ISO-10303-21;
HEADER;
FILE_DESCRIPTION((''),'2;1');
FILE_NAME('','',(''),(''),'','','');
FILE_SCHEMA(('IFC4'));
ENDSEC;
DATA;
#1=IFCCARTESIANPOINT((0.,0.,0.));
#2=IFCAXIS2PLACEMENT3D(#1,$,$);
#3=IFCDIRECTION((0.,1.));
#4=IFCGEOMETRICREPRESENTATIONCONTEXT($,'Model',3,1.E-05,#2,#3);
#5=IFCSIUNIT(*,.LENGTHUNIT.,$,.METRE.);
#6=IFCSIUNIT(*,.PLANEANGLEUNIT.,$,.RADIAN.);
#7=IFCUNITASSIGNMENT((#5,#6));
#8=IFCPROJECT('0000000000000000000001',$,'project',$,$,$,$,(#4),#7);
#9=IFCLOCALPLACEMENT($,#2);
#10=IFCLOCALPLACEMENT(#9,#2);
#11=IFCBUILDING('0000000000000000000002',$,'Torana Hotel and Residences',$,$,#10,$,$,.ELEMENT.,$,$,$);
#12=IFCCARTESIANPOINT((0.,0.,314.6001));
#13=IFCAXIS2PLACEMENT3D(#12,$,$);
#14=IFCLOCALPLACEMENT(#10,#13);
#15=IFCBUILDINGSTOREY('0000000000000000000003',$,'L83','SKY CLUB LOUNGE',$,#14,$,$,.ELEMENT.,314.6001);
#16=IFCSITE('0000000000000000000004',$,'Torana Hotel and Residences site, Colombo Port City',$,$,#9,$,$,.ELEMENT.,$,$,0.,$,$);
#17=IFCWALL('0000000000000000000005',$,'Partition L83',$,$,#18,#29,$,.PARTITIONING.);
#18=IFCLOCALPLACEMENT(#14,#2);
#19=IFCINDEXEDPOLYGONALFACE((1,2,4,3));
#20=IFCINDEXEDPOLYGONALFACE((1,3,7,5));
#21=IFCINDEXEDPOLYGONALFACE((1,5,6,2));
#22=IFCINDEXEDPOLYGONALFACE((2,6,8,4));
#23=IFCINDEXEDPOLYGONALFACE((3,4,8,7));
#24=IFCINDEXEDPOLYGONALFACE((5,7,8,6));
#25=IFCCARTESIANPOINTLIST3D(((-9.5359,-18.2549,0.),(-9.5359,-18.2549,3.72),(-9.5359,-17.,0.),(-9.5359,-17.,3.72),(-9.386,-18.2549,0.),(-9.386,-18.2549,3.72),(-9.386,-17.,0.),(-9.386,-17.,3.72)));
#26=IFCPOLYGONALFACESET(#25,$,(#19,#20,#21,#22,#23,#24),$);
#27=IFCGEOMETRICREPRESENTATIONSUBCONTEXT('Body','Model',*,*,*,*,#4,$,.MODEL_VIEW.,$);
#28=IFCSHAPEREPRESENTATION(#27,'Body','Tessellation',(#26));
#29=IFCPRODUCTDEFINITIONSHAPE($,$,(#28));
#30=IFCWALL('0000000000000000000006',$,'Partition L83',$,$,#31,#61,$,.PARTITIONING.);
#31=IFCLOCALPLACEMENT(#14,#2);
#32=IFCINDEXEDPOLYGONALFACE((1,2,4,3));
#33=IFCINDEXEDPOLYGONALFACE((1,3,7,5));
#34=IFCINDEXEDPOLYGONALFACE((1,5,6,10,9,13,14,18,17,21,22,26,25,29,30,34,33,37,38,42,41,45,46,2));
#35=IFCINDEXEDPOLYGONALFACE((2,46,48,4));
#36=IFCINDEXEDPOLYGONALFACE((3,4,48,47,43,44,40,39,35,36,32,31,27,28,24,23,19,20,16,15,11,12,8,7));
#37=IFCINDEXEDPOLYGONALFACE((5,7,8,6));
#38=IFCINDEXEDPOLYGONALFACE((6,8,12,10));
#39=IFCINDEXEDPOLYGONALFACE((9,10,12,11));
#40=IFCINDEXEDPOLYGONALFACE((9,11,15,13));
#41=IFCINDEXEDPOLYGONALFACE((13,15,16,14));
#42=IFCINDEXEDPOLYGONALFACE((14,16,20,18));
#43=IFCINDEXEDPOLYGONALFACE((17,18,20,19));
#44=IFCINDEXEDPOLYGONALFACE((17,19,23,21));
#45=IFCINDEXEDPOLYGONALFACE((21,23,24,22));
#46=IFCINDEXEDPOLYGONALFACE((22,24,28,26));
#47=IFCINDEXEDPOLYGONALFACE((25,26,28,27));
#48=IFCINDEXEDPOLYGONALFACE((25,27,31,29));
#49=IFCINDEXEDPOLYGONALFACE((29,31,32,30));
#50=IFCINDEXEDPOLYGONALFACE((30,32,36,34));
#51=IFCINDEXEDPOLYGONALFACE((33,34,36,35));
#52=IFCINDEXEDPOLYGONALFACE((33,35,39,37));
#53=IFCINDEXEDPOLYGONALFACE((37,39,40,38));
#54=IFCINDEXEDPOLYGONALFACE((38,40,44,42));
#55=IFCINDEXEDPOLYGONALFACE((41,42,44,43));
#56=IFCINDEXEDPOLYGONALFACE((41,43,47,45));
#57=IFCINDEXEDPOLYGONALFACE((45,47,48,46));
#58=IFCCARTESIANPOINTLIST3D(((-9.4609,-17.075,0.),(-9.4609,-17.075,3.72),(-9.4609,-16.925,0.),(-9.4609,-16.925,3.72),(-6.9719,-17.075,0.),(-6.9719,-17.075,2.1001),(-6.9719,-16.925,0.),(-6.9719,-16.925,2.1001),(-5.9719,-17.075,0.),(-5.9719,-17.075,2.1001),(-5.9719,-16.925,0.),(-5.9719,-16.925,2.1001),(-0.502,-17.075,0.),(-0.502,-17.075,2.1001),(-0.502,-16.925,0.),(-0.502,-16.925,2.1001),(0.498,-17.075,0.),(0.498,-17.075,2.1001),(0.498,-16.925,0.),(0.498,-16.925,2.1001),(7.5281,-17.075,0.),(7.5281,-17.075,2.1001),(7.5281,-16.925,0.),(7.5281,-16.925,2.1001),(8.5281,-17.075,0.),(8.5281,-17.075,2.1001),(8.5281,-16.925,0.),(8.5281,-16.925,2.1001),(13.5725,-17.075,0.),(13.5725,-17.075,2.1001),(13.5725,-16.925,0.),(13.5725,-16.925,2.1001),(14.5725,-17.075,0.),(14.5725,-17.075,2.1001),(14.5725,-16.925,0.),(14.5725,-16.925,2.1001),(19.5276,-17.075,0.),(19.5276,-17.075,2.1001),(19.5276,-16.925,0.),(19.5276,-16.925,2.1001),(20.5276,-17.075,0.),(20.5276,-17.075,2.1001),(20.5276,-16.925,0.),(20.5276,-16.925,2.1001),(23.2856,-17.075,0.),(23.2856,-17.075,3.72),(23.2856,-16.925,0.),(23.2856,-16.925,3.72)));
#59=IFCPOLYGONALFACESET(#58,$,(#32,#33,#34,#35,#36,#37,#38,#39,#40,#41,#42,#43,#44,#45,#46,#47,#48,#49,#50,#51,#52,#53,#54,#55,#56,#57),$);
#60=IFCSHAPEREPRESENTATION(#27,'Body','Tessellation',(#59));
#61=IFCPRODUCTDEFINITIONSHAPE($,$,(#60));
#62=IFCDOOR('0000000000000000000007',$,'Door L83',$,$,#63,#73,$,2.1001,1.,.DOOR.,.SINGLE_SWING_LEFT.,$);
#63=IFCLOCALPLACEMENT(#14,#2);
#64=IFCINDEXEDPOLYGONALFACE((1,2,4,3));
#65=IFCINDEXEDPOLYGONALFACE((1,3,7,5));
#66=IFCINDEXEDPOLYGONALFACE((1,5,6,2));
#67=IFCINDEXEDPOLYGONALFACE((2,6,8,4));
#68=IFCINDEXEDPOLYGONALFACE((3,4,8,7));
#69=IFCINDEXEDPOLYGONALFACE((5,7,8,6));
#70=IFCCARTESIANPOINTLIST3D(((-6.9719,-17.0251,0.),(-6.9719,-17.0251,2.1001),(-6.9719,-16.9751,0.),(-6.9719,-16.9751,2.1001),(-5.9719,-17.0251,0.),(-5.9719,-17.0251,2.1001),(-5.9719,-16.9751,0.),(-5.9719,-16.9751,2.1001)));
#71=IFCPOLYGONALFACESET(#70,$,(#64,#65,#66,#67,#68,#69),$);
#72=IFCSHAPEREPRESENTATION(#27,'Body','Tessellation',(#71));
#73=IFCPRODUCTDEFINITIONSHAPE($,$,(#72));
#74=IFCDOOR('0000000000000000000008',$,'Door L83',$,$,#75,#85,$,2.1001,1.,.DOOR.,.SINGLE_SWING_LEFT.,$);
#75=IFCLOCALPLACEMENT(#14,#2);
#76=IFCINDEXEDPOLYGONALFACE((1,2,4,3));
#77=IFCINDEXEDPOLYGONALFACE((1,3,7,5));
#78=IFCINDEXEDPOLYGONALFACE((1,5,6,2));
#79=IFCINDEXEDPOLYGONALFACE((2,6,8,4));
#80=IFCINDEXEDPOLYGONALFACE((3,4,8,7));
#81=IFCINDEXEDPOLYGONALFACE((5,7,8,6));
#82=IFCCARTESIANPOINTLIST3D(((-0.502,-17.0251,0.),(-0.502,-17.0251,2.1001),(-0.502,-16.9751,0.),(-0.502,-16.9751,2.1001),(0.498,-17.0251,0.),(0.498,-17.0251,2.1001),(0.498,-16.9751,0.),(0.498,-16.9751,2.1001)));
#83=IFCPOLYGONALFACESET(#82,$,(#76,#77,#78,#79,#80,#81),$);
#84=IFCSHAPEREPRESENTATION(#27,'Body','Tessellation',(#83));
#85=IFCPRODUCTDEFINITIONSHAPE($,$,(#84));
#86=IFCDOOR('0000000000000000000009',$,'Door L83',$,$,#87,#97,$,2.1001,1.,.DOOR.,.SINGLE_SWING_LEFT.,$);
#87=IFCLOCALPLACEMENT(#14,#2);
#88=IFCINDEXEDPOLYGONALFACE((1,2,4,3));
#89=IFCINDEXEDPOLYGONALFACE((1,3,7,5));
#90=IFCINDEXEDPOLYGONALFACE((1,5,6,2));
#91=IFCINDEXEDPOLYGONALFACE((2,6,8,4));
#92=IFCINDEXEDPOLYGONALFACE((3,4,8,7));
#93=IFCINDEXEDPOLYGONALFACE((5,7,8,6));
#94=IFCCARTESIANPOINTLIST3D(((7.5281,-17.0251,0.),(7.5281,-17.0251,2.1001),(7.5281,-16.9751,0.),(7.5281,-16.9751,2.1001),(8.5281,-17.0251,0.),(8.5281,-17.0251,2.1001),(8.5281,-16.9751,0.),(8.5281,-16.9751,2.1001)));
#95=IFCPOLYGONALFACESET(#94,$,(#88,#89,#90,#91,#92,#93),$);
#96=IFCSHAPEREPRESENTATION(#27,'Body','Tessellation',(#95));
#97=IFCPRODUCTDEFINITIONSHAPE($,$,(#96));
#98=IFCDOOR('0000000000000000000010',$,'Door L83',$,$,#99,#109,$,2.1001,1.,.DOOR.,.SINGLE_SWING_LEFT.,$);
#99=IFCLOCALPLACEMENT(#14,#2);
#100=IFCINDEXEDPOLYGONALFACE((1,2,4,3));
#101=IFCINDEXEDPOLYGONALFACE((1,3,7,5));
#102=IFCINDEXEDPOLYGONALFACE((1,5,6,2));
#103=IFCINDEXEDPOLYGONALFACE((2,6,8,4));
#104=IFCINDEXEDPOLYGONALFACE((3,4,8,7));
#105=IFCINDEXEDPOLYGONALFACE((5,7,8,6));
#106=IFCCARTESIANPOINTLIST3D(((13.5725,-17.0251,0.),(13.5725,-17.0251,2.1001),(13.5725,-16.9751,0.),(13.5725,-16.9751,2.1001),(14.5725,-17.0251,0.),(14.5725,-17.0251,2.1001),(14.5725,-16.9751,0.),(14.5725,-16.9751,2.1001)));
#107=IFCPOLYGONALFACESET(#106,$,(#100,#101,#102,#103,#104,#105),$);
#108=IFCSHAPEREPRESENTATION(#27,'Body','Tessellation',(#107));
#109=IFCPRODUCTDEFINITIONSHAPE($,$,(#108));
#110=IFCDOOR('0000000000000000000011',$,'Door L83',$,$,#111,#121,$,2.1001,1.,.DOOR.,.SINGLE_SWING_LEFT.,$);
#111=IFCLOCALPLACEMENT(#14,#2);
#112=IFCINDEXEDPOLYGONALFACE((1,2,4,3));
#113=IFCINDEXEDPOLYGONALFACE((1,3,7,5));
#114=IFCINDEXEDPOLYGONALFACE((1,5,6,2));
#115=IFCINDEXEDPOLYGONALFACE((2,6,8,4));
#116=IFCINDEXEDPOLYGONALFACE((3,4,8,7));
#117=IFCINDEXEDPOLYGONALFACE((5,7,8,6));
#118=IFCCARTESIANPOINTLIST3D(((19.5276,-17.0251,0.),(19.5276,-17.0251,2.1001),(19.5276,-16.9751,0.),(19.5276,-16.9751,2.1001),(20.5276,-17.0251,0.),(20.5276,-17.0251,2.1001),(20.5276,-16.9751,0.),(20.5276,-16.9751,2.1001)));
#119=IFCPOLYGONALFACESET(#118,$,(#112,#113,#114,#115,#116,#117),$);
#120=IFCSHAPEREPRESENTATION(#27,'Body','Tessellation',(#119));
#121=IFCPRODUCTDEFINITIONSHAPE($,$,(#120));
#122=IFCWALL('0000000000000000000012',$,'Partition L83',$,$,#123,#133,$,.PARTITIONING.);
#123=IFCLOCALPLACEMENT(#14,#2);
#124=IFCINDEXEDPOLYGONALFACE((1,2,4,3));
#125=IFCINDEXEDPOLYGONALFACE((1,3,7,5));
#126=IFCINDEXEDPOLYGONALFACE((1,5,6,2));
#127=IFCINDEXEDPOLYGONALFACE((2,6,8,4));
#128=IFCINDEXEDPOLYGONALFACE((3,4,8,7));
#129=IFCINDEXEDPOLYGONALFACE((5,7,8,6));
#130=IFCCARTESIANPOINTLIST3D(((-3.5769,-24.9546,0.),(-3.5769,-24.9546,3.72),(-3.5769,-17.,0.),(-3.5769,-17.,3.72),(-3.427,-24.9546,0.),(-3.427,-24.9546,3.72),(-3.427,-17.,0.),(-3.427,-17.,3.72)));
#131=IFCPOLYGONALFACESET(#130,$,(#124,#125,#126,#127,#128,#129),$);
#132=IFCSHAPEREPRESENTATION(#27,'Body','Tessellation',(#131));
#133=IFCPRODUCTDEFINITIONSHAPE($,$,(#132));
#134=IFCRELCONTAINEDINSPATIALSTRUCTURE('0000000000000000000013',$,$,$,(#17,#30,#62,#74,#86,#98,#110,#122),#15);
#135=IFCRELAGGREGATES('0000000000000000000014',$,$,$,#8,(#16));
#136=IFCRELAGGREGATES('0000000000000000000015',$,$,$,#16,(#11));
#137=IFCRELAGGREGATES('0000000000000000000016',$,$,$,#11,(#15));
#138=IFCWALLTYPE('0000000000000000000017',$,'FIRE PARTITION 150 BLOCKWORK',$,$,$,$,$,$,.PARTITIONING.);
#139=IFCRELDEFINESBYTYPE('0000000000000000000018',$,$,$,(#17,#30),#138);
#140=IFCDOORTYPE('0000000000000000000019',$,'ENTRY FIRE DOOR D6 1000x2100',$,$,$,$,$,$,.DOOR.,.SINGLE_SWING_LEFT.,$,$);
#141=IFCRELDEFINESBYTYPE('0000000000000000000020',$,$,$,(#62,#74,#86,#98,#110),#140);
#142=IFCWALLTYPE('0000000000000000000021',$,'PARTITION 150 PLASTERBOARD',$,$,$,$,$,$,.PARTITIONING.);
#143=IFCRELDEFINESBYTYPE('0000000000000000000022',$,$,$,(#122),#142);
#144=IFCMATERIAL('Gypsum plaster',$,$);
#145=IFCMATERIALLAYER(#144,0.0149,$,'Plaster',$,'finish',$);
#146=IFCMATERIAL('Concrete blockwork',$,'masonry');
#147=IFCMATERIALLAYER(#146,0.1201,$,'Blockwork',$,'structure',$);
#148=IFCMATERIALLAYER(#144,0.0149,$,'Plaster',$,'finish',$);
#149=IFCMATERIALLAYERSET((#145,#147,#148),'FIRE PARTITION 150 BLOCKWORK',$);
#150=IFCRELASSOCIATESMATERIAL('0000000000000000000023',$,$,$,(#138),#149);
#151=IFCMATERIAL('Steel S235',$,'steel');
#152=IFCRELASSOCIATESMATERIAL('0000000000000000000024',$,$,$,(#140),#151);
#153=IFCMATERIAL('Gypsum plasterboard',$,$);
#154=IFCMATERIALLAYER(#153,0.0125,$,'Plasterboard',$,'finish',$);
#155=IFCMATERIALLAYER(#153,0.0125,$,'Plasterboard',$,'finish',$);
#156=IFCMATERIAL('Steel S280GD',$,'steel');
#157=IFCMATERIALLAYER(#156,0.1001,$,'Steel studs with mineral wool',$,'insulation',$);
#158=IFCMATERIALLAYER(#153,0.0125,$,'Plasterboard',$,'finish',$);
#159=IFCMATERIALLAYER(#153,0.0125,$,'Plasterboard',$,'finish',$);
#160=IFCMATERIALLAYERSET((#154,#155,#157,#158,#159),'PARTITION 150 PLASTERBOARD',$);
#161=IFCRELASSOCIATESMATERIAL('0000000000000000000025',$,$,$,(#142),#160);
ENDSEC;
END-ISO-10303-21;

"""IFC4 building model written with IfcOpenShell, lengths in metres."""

from ifc_helpers import new_model, si_unit, direction, frame, frame_2d, origin, place, context, subcontext, project, spatial, rectangle, extrude, material, layer, layer_set, type_object, element, fill, save


model = new_model("IFC4")

# Units and contexts
model_context = context("Model", 3, precision=1e-05, world=origin(), true_north=direction((0.0, 1.0)))
body_context = subcontext(model_context, "Body", "Model", "MODEL_VIEW")
ifc_project = project(units=[si_unit("LENGTHUNIT", "METRE"), si_unit("PLANEANGLEUNIT", "RADIAN")], contexts=[model_context])

# Site, building, storey
site_placement = place(None, origin())
site = spatial("IfcSite", under=ifc_project, at=site_placement, Name="Torana Hotel and Residences site, Colombo Port City", CompositionType="ELEMENT", RefElevation=0.0)
building_placement = place(site_placement, origin())
building = spatial("IfcBuilding", under=site, at=building_placement, Name="Torana Hotel and Residences", CompositionType="ELEMENT")
storey_placement = place(building_placement, frame((0.0, 0.0, 314.6001)))
storey = spatial("IfcBuildingStorey", under=building, at=storey_placement, Name="L83", Description="SKY CLUB LOUNGE", CompositionType="ELEMENT", Elevation=314.6001)

# Wall
ifc_material_1 = material(Name="Gypsum plaster")
ifc_layer_1 = layer(ifc_material_1, 0.0149, Name="Plaster", Category="finish")
ifc_material_2 = material(Name="Concrete blockwork", Category="masonry")
ifc_layer_2 = layer(ifc_material_2, 0.1201, Name="Blockwork", Category="structure")
ifc_layer_3 = layer(ifc_material_1, 0.0149, Name="Plaster", Category="finish")
ifc_layer_set_1 = layer_set([ifc_layer_1, ifc_layer_2, ifc_layer_3], Name="FIRE PARTITION 150 BLOCKWORK")
wall_type_1 = type_object("IfcWallType", Name="FIRE PARTITION 150 BLOCKWORK", PredefinedType="PARTITIONING", material=ifc_layer_set_1)
wall_1_placement = place(storey_placement, frame((-9.4609, -18.2549, 0.0), z_axis=(0.0, 0.0, 1.0), x_axis=(0.0, 1.0, 0.0)))
element("IfcWall", 1, at=wall_1_placement, inside=storey, type_object=wall_type_1, Name="Partition L83", PredefinedType="PARTITIONING", context=body_context, shape_type="SweptSolid", body=[
    extrude(rectangle(XDim=1.2549, YDim=0.1499, at=frame_2d((0.6274, 0.0))), origin(), (0.0, 0.0, 1.0), 3.72),
])

# Wall, openings, doors
wall_2_placement = place(storey_placement, frame((-9.4609, -17.0, 0.0), z_axis=(0.0, 0.0, 1.0), x_axis=(1.0, 0.0, 0.0)))
wall_2 = element("IfcWall", 2, at=wall_2_placement, inside=storey, type_object=wall_type_1, Name="Partition L83", PredefinedType="PARTITIONING", context=body_context, shape_type="SweptSolid", body=[
    extrude(rectangle(XDim=32.7466, YDim=0.1499, at=frame_2d((16.3733, 0.0))), origin(), (0.0, 0.0, 1.0), 3.72),
])
opening_1_placement = place(wall_2_placement, frame((2.489, 0.0, 0.0)))
opening_1 = element("IfcOpeningElement", 3, at=opening_1_placement, cuts=wall_2, PredefinedType="OPENING", context=body_context, shape_type="SweptSolid", body=[
    extrude(rectangle(XDim=1.0, YDim=2.1001, at=frame_2d((0.5, 1.05))), frame((0.0, 0.085, 0.0), z_axis=(0.0, -1.0, 0.0), x_axis=(1.0, 0.0, 0.0)), (0.0, 0.0, 1.0), 0.1699),
])
opening_2_placement = place(wall_2_placement, frame((8.959, 0.0, 0.0)))
opening_2 = element("IfcOpeningElement", 4, at=opening_2_placement, cuts=wall_2, PredefinedType="OPENING", context=body_context, shape_type="SweptSolid", body=[
    extrude(rectangle(XDim=1.0, YDim=2.1001, at=frame_2d((0.5, 1.05))), frame((0.0, 0.085, 0.0), z_axis=(0.0, -1.0, 0.0), x_axis=(1.0, 0.0, 0.0)), (0.0, 0.0, 1.0), 0.1699),
])
opening_3_placement = place(wall_2_placement, frame((16.989, 0.0, 0.0)))
opening_3 = element("IfcOpeningElement", 5, at=opening_3_placement, cuts=wall_2, PredefinedType="OPENING", context=body_context, shape_type="SweptSolid", body=[
    extrude(rectangle(XDim=1.0, YDim=2.1001, at=frame_2d((0.5, 1.05))), frame((0.0, 0.085, 0.0), z_axis=(0.0, -1.0, 0.0), x_axis=(1.0, 0.0, 0.0)), (0.0, 0.0, 1.0), 0.1699),
])
opening_4_placement = place(wall_2_placement, frame((23.0334, 0.0, 0.0)))
opening_4 = element("IfcOpeningElement", 6, at=opening_4_placement, cuts=wall_2, PredefinedType="OPENING", context=body_context, shape_type="SweptSolid", body=[
    extrude(rectangle(XDim=1.0, YDim=2.1001, at=frame_2d((0.5, 1.05))), frame((0.0, 0.085, 0.0), z_axis=(0.0, -1.0, 0.0), x_axis=(1.0, 0.0, 0.0)), (0.0, 0.0, 1.0), 0.1699),
])
opening_5_placement = place(wall_2_placement, frame((28.9885, 0.0, 0.0)))
opening_5 = element("IfcOpeningElement", 7, at=opening_5_placement, cuts=wall_2, PredefinedType="OPENING", context=body_context, shape_type="SweptSolid", body=[
    extrude(rectangle(XDim=1.0, YDim=2.1001, at=frame_2d((0.5, 1.05))), frame((0.0, 0.085, 0.0), z_axis=(0.0, -1.0, 0.0), x_axis=(1.0, 0.0, 0.0)), (0.0, 0.0, 1.0), 0.1699),
])
ifc_material_3 = material(Name="Steel S235", Category="steel")
door_type_1 = type_object("IfcDoorType", Name="ENTRY FIRE DOOR D6 1000x2100", OperationType="SINGLE_SWING_LEFT", PredefinedType="DOOR", material=ifc_material_3)
door_1_placement = place(opening_1_placement, frame((0.5, 0.0, 0.0), z_axis=(0.0, 0.0, 1.0), x_axis=(-1.0, 0.0, 0.0)))
door_1 = element("IfcDoor", 8, at=door_1_placement, inside=storey, type_object=door_type_1, Name="Door L83", OperationType="SINGLE_SWING_LEFT", OverallHeight=2.1001, OverallWidth=1.0, PredefinedType="DOOR", context=body_context, shape_type="SweptSolid", body=[
    extrude(rectangle(XDim=1.0, YDim=2.1001, at=frame_2d((0.0, 1.05))), frame((0.0, -0.0249, 0.0), z_axis=(0.0, 1.0, 0.0), x_axis=(-1.0, 0.0, 0.0)), (0.0, 0.0, 1.0), 0.05),
])
fill(opening_1, door_1)
door_2_placement = place(opening_2_placement, frame((0.5, 0.0, 0.0), z_axis=(0.0, 0.0, 1.0), x_axis=(-1.0, 0.0, 0.0)))
door_2 = element("IfcDoor", 9, at=door_2_placement, inside=storey, type_object=door_type_1, Name="Door L83", OperationType="SINGLE_SWING_LEFT", OverallHeight=2.1001, OverallWidth=1.0, PredefinedType="DOOR", context=body_context, shape_type="SweptSolid", body=[
    extrude(rectangle(XDim=1.0, YDim=2.1001, at=frame_2d((0.0, 1.05))), frame((0.0, -0.0249, 0.0), z_axis=(0.0, 1.0, 0.0), x_axis=(-1.0, 0.0, 0.0)), (0.0, 0.0, 1.0), 0.05),
])
fill(opening_2, door_2)
door_3_placement = place(opening_3_placement, frame((0.5, 0.0, 0.0), z_axis=(0.0, 0.0, 1.0), x_axis=(-1.0, 0.0, 0.0)))
door_3 = element("IfcDoor", 10, at=door_3_placement, inside=storey, type_object=door_type_1, Name="Door L83", OperationType="SINGLE_SWING_LEFT", OverallHeight=2.1001, OverallWidth=1.0, PredefinedType="DOOR", context=body_context, shape_type="SweptSolid", body=[
    extrude(rectangle(XDim=1.0, YDim=2.1001, at=frame_2d((0.0, 1.05))), frame((0.0, -0.0249, 0.0), z_axis=(0.0, 1.0, 0.0), x_axis=(-1.0, 0.0, 0.0)), (0.0, 0.0, 1.0), 0.05),
])
fill(opening_3, door_3)
door_4_placement = place(opening_4_placement, frame((0.5, 0.0, 0.0), z_axis=(0.0, 0.0, 1.0), x_axis=(-1.0, 0.0, 0.0)))
door_4 = element("IfcDoor", 11, at=door_4_placement, inside=storey, type_object=door_type_1, Name="Door L83", OperationType="SINGLE_SWING_LEFT", OverallHeight=2.1001, OverallWidth=1.0, PredefinedType="DOOR", context=body_context, shape_type="SweptSolid", body=[
    extrude(rectangle(XDim=1.0, YDim=2.1001, at=frame_2d((0.0, 1.05))), frame((0.0, -0.0249, 0.0), z_axis=(0.0, 1.0, 0.0), x_axis=(-1.0, 0.0, 0.0)), (0.0, 0.0, 1.0), 0.05),
])
fill(opening_4, door_4)
door_5_placement = place(opening_5_placement, frame((0.5, 0.0, 0.0), z_axis=(0.0, 0.0, 1.0), x_axis=(-1.0, 0.0, 0.0)))
door_5 = element("IfcDoor", 12, at=door_5_placement, inside=storey, type_object=door_type_1, Name="Door L83", OperationType="SINGLE_SWING_LEFT", OverallHeight=2.1001, OverallWidth=1.0, PredefinedType="DOOR", context=body_context, shape_type="SweptSolid", body=[
    extrude(rectangle(XDim=1.0, YDim=2.1001, at=frame_2d((0.0, 1.05))), frame((0.0, -0.0249, 0.0), z_axis=(0.0, 1.0, 0.0), x_axis=(-1.0, 0.0, 0.0)), (0.0, 0.0, 1.0), 0.05),
])
fill(opening_5, door_5)

# Wall
ifc_material_4 = material(Name="Gypsum plasterboard")
ifc_layer_4 = layer(ifc_material_4, 0.0125, Name="Plasterboard", Category="finish")
ifc_layer_5 = layer(ifc_material_4, 0.0125, Name="Plasterboard", Category="finish")
ifc_material_5 = material(Name="Steel S280GD", Category="steel")
ifc_layer_6 = layer(ifc_material_5, 0.1001, Name="Steel studs with mineral wool", Category="insulation")
ifc_layer_7 = layer(ifc_material_4, 0.0125, Name="Plasterboard", Category="finish")
ifc_layer_8 = layer(ifc_material_4, 0.0125, Name="Plasterboard", Category="finish")
ifc_layer_set_2 = layer_set([ifc_layer_4, ifc_layer_5, ifc_layer_6, ifc_layer_7, ifc_layer_8], Name="PARTITION 150 PLASTERBOARD")
wall_type_2 = type_object("IfcWallType", Name="PARTITION 150 PLASTERBOARD", PredefinedType="PARTITIONING", material=ifc_layer_set_2)
wall_3_placement = place(storey_placement, frame((-3.502, -24.9546, 0.0), z_axis=(0.0, 0.0, 1.0), x_axis=(0.0, 1.0, 0.0)))
element("IfcWall", 13, at=wall_3_placement, inside=storey, type_object=wall_type_2, Name="Partition L83", PredefinedType="PARTITIONING", context=body_context, shape_type="SweptSolid", body=[
    extrude(rectangle(XDim=7.9546, YDim=0.1499, at=frame_2d((3.9773, 0.0))), origin(), (0.0, 0.0, 1.0), 3.72),
])

save(model, "model.ifc")
